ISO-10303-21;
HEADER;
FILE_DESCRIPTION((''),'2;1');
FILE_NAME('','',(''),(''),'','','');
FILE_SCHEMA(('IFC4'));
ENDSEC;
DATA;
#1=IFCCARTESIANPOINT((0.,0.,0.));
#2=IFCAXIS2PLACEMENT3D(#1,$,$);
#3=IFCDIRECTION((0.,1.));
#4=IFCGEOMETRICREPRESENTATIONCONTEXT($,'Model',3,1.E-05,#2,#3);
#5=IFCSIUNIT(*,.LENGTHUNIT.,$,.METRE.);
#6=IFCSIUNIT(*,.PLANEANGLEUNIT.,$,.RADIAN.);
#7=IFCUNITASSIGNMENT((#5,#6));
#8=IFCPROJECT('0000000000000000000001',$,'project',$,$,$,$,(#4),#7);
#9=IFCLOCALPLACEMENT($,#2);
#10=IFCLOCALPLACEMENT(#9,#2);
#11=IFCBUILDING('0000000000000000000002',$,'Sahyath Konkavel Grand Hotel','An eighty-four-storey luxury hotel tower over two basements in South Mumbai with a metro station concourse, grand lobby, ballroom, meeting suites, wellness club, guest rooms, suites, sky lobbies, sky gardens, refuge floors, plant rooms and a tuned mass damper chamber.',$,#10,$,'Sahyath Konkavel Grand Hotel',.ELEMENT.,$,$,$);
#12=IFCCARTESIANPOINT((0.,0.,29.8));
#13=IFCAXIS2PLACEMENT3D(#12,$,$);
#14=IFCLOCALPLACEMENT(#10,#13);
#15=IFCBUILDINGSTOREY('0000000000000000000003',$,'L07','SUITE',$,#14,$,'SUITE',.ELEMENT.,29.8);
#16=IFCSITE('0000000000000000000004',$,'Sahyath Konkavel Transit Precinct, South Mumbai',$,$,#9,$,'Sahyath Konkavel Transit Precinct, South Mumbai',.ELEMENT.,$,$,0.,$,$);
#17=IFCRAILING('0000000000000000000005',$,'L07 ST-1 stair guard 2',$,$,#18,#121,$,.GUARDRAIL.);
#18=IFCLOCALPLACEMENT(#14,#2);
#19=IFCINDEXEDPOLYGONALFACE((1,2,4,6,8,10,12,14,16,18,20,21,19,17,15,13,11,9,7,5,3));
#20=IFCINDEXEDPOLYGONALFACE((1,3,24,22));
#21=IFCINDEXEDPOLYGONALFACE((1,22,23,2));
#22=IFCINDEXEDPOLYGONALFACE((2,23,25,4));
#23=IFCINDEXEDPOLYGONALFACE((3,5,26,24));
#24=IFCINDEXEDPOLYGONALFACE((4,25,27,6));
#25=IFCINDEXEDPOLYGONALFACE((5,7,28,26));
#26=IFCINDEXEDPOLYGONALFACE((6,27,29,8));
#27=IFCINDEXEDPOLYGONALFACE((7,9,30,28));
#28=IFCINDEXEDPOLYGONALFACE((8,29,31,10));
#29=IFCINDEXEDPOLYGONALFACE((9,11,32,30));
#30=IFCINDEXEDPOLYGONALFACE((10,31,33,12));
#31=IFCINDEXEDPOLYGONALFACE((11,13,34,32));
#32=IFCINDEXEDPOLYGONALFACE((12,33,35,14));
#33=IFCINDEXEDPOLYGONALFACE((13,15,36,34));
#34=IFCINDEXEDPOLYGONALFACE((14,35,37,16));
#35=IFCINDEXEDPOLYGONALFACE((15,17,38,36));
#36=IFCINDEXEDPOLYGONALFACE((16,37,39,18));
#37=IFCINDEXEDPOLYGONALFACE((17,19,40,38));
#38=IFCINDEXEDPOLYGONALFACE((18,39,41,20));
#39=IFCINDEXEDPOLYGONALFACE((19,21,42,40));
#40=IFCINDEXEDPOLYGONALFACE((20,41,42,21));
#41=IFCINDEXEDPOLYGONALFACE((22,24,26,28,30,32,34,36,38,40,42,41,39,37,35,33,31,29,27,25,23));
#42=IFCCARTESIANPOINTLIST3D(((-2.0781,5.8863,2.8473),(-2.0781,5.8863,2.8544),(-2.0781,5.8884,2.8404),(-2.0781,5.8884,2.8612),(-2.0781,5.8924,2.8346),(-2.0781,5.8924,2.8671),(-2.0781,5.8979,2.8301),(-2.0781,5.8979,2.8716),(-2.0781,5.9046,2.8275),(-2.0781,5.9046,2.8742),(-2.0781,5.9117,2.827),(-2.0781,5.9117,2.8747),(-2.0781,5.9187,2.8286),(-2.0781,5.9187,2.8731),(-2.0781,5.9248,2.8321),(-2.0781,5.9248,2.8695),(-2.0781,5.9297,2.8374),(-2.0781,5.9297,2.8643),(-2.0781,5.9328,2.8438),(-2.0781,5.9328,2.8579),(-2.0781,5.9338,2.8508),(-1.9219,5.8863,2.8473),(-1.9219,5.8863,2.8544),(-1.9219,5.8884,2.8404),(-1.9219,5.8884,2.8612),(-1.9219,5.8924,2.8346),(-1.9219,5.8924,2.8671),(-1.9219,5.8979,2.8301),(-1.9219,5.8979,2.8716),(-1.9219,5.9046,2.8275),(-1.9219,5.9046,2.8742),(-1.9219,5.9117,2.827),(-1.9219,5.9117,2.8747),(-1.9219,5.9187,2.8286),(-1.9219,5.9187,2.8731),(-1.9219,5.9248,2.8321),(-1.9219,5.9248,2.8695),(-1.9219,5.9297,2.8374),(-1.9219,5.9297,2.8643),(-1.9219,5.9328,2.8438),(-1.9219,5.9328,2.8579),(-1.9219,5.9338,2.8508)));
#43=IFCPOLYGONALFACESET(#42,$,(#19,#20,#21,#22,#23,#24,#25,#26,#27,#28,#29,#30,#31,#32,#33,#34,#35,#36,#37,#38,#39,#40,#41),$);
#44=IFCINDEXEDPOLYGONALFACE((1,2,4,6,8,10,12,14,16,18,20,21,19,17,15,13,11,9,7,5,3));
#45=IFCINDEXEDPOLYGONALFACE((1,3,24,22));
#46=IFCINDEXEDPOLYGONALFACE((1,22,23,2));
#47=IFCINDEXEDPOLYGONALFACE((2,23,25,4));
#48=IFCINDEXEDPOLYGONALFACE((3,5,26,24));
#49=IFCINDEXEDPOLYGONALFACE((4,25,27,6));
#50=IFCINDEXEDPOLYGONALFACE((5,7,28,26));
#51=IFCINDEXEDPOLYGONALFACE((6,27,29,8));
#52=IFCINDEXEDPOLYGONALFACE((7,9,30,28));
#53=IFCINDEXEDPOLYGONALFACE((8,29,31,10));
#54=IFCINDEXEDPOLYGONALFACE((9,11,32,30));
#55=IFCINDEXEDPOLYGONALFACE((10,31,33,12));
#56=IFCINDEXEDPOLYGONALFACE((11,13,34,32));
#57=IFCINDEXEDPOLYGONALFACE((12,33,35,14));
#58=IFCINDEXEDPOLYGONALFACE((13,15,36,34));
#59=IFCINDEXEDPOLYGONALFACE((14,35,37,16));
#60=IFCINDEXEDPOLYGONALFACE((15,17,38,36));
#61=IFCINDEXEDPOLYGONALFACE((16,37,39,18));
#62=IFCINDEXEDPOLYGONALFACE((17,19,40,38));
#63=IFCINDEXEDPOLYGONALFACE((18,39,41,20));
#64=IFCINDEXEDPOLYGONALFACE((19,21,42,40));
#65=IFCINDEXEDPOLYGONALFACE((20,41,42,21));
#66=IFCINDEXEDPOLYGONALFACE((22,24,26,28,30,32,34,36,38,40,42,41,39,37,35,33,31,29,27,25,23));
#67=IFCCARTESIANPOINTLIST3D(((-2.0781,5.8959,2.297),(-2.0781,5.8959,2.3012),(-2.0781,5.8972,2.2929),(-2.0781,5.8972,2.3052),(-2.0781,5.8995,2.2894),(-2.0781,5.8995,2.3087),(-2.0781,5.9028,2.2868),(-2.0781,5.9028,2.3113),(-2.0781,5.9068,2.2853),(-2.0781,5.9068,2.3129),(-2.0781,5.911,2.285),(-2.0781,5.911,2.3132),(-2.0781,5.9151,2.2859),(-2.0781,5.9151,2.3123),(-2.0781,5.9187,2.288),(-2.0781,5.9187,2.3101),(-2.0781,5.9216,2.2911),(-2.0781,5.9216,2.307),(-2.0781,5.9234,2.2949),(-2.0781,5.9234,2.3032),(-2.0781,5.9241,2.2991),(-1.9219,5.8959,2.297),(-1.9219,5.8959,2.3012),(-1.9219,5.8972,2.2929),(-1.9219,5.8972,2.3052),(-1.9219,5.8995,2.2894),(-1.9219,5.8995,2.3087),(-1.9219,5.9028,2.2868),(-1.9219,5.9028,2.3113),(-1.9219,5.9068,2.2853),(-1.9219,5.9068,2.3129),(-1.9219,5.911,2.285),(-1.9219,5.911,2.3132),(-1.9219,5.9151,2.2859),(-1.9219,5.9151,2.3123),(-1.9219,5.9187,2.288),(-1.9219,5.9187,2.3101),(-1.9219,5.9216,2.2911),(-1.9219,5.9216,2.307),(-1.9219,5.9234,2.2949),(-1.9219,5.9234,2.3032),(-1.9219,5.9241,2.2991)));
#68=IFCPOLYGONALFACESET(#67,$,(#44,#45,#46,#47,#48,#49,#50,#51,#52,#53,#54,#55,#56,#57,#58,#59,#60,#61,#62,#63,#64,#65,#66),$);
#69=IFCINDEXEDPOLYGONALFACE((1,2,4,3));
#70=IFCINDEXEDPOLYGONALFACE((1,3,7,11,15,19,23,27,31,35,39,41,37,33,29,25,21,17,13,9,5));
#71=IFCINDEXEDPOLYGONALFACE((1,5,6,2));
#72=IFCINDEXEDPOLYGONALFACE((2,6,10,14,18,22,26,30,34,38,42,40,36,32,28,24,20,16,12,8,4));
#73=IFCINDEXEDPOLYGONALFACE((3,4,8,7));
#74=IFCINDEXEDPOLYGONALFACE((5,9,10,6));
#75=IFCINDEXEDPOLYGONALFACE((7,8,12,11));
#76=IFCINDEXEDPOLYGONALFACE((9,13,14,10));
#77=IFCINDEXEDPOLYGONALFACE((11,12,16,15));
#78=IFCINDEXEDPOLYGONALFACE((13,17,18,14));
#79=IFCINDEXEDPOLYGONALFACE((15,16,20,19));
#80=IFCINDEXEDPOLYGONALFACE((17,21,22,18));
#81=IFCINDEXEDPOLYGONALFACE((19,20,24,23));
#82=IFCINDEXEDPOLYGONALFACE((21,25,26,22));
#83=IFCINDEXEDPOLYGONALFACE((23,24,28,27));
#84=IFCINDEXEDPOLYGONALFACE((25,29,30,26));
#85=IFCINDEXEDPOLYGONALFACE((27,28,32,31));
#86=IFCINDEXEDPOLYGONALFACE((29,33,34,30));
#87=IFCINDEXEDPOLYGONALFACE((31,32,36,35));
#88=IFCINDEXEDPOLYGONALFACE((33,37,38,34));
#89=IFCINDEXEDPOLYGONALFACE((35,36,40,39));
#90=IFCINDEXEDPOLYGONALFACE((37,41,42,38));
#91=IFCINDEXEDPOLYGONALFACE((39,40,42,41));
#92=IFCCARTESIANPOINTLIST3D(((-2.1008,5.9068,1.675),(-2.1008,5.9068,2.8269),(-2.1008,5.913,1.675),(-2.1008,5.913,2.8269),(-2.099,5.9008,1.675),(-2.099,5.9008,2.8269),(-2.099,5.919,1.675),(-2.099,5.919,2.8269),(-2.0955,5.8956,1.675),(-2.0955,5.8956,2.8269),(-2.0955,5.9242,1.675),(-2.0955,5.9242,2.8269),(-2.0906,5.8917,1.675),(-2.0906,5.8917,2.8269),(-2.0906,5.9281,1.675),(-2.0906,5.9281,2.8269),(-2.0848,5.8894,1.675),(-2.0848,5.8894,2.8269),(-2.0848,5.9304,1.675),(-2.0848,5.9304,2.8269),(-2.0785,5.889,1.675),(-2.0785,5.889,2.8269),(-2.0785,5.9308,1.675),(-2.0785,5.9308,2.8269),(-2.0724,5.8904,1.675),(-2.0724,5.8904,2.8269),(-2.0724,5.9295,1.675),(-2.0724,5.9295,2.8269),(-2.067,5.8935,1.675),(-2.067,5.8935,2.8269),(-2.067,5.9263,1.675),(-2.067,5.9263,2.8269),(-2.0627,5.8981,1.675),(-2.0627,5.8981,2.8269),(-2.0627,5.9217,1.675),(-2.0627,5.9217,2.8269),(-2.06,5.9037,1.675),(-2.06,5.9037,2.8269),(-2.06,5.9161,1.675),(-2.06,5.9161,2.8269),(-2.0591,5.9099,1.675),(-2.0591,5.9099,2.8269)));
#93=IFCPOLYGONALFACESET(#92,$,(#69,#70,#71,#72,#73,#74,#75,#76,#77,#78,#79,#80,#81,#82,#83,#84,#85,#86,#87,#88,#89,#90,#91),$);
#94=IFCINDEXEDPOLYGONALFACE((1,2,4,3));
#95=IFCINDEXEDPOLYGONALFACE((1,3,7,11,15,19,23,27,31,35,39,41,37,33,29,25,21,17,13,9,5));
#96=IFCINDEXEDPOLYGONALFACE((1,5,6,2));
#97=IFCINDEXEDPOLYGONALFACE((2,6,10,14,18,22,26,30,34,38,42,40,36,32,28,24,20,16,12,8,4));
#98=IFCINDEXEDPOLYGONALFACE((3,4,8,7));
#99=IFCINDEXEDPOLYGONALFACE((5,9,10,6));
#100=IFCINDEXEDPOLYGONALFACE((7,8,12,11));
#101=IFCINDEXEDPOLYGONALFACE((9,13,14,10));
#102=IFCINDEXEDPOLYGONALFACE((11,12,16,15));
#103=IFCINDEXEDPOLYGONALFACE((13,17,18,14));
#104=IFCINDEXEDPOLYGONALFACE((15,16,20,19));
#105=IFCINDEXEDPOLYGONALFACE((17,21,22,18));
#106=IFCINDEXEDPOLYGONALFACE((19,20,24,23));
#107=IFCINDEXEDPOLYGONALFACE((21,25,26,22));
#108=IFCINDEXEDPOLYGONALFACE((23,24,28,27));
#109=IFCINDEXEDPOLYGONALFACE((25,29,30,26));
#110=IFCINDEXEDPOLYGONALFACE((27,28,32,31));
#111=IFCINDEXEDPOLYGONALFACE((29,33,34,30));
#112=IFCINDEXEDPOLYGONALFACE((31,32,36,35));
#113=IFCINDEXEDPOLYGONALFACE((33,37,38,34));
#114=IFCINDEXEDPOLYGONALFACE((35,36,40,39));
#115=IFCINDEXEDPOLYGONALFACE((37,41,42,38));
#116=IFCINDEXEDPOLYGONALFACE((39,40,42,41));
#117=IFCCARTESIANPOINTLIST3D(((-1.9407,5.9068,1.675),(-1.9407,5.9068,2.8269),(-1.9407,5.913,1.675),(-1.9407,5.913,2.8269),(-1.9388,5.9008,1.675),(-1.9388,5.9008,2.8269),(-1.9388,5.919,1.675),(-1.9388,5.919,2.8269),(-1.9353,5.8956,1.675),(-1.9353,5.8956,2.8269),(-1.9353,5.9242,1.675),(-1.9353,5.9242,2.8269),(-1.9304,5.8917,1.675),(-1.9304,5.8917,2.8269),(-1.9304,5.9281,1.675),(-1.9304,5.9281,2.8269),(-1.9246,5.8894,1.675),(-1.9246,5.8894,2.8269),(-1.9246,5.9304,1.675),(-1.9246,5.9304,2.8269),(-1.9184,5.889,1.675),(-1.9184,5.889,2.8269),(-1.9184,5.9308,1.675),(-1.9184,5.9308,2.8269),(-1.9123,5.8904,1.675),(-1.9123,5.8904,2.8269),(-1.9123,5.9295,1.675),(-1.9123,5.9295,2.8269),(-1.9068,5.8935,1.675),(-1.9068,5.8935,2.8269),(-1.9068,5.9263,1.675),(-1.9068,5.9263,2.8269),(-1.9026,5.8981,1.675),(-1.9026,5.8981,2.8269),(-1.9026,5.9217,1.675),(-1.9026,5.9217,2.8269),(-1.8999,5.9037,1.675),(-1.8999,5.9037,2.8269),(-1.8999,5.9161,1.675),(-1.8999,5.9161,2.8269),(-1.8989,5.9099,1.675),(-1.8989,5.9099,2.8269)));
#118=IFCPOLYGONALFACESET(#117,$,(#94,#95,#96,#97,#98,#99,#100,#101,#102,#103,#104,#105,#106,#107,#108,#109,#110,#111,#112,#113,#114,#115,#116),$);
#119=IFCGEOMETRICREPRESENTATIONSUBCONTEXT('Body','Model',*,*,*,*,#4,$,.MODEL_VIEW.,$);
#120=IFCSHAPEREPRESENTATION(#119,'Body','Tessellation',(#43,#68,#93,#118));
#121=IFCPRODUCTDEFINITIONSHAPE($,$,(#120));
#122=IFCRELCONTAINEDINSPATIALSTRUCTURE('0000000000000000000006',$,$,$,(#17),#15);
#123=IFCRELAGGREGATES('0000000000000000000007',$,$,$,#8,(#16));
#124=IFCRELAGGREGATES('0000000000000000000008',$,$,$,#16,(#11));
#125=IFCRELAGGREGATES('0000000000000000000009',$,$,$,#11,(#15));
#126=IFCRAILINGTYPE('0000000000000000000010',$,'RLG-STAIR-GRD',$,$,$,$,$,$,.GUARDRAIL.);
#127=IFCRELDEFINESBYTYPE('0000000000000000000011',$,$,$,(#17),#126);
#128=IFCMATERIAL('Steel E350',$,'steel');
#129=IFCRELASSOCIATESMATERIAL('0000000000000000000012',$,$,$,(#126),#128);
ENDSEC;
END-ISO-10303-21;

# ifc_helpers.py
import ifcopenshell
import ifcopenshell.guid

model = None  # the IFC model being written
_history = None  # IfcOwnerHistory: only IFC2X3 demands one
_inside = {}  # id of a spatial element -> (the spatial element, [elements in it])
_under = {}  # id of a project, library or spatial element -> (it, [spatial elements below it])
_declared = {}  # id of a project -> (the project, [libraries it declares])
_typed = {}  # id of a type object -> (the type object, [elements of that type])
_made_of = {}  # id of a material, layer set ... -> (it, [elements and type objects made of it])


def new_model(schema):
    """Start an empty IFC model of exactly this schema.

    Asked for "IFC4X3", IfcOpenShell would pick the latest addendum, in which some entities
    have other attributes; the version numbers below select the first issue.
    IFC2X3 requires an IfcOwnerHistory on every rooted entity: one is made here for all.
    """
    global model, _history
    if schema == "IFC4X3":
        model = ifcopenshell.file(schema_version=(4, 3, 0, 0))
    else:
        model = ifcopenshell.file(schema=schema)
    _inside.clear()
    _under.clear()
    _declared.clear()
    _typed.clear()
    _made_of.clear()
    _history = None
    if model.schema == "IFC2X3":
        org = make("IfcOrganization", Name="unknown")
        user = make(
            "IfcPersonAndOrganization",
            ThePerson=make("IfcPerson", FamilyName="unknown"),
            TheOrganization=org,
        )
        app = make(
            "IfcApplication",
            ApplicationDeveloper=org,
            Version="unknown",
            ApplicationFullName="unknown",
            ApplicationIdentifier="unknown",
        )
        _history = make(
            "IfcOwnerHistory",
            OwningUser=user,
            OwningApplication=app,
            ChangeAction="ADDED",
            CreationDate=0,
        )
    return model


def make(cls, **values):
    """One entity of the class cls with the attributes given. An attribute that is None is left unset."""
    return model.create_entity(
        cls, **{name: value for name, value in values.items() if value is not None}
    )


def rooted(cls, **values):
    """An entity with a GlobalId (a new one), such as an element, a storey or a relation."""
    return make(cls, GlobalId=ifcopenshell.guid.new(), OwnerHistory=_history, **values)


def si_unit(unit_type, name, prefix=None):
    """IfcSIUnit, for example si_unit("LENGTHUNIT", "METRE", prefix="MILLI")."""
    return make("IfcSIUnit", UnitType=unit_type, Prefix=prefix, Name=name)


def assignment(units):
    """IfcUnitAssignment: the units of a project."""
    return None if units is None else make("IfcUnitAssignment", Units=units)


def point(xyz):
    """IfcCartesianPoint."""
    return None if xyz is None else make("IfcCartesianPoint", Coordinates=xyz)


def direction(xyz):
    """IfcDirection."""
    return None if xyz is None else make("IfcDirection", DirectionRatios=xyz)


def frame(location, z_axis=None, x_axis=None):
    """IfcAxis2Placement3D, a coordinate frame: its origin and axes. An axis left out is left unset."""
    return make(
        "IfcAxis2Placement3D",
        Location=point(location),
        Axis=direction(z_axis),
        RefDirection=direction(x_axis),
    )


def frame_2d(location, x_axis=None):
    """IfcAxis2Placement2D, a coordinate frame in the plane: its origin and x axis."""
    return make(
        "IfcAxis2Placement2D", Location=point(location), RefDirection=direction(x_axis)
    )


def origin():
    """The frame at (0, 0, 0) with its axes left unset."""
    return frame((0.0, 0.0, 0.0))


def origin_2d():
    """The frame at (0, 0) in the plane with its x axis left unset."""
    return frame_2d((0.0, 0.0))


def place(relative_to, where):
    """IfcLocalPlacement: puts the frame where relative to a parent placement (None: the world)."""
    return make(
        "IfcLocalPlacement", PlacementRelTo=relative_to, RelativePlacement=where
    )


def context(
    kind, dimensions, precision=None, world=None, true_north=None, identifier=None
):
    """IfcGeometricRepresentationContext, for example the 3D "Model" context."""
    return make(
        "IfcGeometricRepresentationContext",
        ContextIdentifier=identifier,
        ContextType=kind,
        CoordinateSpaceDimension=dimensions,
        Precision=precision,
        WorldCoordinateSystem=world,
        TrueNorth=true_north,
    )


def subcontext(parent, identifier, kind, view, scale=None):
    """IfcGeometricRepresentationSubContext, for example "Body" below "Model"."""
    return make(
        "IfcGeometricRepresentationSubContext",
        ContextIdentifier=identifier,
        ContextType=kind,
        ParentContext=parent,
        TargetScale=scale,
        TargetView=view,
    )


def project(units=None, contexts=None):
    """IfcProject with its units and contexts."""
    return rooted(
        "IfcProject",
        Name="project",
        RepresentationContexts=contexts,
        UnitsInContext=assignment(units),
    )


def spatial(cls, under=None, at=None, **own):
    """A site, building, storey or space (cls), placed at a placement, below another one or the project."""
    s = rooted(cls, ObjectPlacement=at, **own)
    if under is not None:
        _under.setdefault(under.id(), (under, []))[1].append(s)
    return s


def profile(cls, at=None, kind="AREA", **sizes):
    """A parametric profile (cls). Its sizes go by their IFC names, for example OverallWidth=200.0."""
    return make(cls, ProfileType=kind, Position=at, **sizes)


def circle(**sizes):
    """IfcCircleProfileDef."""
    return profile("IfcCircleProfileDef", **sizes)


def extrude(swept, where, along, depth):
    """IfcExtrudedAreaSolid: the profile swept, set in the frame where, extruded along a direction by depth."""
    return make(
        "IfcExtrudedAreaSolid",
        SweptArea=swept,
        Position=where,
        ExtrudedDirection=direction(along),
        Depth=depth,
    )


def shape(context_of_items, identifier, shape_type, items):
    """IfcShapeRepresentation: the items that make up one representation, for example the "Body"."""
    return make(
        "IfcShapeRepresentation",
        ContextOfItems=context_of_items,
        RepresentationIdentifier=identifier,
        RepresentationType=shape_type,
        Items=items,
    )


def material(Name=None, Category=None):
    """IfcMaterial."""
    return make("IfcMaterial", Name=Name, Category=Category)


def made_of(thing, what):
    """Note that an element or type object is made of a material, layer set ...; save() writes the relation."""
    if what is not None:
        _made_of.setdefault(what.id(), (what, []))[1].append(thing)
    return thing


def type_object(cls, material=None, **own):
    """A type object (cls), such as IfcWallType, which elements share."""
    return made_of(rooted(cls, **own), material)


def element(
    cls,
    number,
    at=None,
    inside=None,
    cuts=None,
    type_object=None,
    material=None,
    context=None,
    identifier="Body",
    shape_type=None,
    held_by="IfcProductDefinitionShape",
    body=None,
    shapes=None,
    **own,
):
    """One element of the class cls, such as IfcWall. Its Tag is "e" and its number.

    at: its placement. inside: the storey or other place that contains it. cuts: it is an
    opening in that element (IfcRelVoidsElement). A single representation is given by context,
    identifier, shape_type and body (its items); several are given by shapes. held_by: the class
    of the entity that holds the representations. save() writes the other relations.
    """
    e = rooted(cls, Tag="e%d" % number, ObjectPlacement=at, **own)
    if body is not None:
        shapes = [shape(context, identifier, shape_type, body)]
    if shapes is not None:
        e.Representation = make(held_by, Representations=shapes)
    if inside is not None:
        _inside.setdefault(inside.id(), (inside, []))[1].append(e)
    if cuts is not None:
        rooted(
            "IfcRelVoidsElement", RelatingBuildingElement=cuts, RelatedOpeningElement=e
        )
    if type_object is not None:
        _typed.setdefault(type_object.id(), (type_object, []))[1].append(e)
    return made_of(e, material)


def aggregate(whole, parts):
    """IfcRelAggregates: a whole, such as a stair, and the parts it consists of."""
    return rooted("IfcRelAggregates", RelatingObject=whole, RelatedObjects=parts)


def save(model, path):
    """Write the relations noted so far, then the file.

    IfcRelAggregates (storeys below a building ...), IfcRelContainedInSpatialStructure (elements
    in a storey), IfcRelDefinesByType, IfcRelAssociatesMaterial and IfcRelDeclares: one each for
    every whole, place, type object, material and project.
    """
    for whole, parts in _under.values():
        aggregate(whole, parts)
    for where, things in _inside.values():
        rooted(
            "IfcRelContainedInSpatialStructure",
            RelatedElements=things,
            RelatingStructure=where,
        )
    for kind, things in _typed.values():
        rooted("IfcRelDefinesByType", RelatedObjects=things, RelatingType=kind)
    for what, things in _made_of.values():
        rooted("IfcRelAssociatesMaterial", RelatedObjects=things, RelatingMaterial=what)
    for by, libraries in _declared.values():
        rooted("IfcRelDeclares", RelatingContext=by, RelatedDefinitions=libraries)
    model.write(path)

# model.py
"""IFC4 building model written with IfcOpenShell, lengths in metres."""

from ifc_helpers import new_model, si_unit, direction, frame, origin, origin_2d, place, context, subcontext, project, spatial, circle, extrude, material, type_object, element, save


model = new_model("IFC4")

# Units and contexts
model_context = context("Model", 3, precision=1e-05, world=origin(), true_north=direction((0.0, 1.0)))
body_context = subcontext(model_context, "Body", "Model", "MODEL_VIEW")
ifc_project = project(units=[si_unit("LENGTHUNIT", "METRE"), si_unit("PLANEANGLEUNIT", "RADIAN")], contexts=[model_context])

# Site, building, storey
site_placement = place(None, origin())
site = spatial("IfcSite", under=ifc_project, at=site_placement, Name="Sahyath Konkavel Transit Precinct, South Mumbai", LongName="Sahyath Konkavel Transit Precinct, South Mumbai", CompositionType="ELEMENT", RefElevation=0.0)
building_placement = place(site_placement, origin())
building = spatial("IfcBuilding", under=site, at=building_placement, Name="Sahyath Konkavel Grand Hotel", Description="An eighty-four-storey luxury hotel tower over two basements in South Mumbai with a metro station concourse, grand lobby, ballroom, meeting suites, wellness club, guest rooms, suites, sky lobbies, sky gardens, refuge floors, plant rooms and a tuned mass damper chamber.", LongName="Sahyath Konkavel Grand Hotel", CompositionType="ELEMENT")
storey_placement = place(building_placement, frame((0.0, 0.0, 29.8)))
storey = spatial("IfcBuildingStorey", under=building, at=storey_placement, Name="L07", Description="SUITE", LongName="SUITE", CompositionType="ELEMENT", Elevation=29.8)

# Shared definitions
ifc_material_1 = material(Name="Steel E350", Category="steel")

# Railing
railing_type_1 = type_object("IfcRailingType", Name="RLG-STAIR-GRD", PredefinedType="GUARDRAIL", material=ifc_material_1)
railing_1_placement = place(storey_placement, frame((-2.0801, 5.9099, 1.675)))
element("IfcRailing", 1, at=railing_1_placement, inside=storey, type_object=railing_type_1, Name="L07 ST-1 stair guard 2", PredefinedType="GUARDRAIL", context=body_context, shape_type="SweptSolid", body=[
    extrude(circle(Radius=0.0239, at=origin_2d()), frame((0.002, 0.0, 1.1758), z_axis=(1.0, 0.0, 0.0), x_axis=(0.0, 1.0, 0.0)), (0.0, 0.0, 1.0), 0.1562),
    extrude(circle(Radius=0.0142, at=origin_2d()), frame((0.002, 0.0, 0.624), z_axis=(1.0, 0.0, 0.0), x_axis=(0.0, 1.0, 0.0)), (0.0, 0.0, 1.0), 0.1562),
    extrude(circle(Radius=0.021, at=origin_2d()), origin(), (0.0, 0.0, 1.0), 1.1519),
    extrude(circle(Radius=0.021, at=origin_2d()), frame((0.1602, 0.0, 0.0)), (0.0, 0.0, 1.0), 1.1519),
])

save(model, "model.ifc")
